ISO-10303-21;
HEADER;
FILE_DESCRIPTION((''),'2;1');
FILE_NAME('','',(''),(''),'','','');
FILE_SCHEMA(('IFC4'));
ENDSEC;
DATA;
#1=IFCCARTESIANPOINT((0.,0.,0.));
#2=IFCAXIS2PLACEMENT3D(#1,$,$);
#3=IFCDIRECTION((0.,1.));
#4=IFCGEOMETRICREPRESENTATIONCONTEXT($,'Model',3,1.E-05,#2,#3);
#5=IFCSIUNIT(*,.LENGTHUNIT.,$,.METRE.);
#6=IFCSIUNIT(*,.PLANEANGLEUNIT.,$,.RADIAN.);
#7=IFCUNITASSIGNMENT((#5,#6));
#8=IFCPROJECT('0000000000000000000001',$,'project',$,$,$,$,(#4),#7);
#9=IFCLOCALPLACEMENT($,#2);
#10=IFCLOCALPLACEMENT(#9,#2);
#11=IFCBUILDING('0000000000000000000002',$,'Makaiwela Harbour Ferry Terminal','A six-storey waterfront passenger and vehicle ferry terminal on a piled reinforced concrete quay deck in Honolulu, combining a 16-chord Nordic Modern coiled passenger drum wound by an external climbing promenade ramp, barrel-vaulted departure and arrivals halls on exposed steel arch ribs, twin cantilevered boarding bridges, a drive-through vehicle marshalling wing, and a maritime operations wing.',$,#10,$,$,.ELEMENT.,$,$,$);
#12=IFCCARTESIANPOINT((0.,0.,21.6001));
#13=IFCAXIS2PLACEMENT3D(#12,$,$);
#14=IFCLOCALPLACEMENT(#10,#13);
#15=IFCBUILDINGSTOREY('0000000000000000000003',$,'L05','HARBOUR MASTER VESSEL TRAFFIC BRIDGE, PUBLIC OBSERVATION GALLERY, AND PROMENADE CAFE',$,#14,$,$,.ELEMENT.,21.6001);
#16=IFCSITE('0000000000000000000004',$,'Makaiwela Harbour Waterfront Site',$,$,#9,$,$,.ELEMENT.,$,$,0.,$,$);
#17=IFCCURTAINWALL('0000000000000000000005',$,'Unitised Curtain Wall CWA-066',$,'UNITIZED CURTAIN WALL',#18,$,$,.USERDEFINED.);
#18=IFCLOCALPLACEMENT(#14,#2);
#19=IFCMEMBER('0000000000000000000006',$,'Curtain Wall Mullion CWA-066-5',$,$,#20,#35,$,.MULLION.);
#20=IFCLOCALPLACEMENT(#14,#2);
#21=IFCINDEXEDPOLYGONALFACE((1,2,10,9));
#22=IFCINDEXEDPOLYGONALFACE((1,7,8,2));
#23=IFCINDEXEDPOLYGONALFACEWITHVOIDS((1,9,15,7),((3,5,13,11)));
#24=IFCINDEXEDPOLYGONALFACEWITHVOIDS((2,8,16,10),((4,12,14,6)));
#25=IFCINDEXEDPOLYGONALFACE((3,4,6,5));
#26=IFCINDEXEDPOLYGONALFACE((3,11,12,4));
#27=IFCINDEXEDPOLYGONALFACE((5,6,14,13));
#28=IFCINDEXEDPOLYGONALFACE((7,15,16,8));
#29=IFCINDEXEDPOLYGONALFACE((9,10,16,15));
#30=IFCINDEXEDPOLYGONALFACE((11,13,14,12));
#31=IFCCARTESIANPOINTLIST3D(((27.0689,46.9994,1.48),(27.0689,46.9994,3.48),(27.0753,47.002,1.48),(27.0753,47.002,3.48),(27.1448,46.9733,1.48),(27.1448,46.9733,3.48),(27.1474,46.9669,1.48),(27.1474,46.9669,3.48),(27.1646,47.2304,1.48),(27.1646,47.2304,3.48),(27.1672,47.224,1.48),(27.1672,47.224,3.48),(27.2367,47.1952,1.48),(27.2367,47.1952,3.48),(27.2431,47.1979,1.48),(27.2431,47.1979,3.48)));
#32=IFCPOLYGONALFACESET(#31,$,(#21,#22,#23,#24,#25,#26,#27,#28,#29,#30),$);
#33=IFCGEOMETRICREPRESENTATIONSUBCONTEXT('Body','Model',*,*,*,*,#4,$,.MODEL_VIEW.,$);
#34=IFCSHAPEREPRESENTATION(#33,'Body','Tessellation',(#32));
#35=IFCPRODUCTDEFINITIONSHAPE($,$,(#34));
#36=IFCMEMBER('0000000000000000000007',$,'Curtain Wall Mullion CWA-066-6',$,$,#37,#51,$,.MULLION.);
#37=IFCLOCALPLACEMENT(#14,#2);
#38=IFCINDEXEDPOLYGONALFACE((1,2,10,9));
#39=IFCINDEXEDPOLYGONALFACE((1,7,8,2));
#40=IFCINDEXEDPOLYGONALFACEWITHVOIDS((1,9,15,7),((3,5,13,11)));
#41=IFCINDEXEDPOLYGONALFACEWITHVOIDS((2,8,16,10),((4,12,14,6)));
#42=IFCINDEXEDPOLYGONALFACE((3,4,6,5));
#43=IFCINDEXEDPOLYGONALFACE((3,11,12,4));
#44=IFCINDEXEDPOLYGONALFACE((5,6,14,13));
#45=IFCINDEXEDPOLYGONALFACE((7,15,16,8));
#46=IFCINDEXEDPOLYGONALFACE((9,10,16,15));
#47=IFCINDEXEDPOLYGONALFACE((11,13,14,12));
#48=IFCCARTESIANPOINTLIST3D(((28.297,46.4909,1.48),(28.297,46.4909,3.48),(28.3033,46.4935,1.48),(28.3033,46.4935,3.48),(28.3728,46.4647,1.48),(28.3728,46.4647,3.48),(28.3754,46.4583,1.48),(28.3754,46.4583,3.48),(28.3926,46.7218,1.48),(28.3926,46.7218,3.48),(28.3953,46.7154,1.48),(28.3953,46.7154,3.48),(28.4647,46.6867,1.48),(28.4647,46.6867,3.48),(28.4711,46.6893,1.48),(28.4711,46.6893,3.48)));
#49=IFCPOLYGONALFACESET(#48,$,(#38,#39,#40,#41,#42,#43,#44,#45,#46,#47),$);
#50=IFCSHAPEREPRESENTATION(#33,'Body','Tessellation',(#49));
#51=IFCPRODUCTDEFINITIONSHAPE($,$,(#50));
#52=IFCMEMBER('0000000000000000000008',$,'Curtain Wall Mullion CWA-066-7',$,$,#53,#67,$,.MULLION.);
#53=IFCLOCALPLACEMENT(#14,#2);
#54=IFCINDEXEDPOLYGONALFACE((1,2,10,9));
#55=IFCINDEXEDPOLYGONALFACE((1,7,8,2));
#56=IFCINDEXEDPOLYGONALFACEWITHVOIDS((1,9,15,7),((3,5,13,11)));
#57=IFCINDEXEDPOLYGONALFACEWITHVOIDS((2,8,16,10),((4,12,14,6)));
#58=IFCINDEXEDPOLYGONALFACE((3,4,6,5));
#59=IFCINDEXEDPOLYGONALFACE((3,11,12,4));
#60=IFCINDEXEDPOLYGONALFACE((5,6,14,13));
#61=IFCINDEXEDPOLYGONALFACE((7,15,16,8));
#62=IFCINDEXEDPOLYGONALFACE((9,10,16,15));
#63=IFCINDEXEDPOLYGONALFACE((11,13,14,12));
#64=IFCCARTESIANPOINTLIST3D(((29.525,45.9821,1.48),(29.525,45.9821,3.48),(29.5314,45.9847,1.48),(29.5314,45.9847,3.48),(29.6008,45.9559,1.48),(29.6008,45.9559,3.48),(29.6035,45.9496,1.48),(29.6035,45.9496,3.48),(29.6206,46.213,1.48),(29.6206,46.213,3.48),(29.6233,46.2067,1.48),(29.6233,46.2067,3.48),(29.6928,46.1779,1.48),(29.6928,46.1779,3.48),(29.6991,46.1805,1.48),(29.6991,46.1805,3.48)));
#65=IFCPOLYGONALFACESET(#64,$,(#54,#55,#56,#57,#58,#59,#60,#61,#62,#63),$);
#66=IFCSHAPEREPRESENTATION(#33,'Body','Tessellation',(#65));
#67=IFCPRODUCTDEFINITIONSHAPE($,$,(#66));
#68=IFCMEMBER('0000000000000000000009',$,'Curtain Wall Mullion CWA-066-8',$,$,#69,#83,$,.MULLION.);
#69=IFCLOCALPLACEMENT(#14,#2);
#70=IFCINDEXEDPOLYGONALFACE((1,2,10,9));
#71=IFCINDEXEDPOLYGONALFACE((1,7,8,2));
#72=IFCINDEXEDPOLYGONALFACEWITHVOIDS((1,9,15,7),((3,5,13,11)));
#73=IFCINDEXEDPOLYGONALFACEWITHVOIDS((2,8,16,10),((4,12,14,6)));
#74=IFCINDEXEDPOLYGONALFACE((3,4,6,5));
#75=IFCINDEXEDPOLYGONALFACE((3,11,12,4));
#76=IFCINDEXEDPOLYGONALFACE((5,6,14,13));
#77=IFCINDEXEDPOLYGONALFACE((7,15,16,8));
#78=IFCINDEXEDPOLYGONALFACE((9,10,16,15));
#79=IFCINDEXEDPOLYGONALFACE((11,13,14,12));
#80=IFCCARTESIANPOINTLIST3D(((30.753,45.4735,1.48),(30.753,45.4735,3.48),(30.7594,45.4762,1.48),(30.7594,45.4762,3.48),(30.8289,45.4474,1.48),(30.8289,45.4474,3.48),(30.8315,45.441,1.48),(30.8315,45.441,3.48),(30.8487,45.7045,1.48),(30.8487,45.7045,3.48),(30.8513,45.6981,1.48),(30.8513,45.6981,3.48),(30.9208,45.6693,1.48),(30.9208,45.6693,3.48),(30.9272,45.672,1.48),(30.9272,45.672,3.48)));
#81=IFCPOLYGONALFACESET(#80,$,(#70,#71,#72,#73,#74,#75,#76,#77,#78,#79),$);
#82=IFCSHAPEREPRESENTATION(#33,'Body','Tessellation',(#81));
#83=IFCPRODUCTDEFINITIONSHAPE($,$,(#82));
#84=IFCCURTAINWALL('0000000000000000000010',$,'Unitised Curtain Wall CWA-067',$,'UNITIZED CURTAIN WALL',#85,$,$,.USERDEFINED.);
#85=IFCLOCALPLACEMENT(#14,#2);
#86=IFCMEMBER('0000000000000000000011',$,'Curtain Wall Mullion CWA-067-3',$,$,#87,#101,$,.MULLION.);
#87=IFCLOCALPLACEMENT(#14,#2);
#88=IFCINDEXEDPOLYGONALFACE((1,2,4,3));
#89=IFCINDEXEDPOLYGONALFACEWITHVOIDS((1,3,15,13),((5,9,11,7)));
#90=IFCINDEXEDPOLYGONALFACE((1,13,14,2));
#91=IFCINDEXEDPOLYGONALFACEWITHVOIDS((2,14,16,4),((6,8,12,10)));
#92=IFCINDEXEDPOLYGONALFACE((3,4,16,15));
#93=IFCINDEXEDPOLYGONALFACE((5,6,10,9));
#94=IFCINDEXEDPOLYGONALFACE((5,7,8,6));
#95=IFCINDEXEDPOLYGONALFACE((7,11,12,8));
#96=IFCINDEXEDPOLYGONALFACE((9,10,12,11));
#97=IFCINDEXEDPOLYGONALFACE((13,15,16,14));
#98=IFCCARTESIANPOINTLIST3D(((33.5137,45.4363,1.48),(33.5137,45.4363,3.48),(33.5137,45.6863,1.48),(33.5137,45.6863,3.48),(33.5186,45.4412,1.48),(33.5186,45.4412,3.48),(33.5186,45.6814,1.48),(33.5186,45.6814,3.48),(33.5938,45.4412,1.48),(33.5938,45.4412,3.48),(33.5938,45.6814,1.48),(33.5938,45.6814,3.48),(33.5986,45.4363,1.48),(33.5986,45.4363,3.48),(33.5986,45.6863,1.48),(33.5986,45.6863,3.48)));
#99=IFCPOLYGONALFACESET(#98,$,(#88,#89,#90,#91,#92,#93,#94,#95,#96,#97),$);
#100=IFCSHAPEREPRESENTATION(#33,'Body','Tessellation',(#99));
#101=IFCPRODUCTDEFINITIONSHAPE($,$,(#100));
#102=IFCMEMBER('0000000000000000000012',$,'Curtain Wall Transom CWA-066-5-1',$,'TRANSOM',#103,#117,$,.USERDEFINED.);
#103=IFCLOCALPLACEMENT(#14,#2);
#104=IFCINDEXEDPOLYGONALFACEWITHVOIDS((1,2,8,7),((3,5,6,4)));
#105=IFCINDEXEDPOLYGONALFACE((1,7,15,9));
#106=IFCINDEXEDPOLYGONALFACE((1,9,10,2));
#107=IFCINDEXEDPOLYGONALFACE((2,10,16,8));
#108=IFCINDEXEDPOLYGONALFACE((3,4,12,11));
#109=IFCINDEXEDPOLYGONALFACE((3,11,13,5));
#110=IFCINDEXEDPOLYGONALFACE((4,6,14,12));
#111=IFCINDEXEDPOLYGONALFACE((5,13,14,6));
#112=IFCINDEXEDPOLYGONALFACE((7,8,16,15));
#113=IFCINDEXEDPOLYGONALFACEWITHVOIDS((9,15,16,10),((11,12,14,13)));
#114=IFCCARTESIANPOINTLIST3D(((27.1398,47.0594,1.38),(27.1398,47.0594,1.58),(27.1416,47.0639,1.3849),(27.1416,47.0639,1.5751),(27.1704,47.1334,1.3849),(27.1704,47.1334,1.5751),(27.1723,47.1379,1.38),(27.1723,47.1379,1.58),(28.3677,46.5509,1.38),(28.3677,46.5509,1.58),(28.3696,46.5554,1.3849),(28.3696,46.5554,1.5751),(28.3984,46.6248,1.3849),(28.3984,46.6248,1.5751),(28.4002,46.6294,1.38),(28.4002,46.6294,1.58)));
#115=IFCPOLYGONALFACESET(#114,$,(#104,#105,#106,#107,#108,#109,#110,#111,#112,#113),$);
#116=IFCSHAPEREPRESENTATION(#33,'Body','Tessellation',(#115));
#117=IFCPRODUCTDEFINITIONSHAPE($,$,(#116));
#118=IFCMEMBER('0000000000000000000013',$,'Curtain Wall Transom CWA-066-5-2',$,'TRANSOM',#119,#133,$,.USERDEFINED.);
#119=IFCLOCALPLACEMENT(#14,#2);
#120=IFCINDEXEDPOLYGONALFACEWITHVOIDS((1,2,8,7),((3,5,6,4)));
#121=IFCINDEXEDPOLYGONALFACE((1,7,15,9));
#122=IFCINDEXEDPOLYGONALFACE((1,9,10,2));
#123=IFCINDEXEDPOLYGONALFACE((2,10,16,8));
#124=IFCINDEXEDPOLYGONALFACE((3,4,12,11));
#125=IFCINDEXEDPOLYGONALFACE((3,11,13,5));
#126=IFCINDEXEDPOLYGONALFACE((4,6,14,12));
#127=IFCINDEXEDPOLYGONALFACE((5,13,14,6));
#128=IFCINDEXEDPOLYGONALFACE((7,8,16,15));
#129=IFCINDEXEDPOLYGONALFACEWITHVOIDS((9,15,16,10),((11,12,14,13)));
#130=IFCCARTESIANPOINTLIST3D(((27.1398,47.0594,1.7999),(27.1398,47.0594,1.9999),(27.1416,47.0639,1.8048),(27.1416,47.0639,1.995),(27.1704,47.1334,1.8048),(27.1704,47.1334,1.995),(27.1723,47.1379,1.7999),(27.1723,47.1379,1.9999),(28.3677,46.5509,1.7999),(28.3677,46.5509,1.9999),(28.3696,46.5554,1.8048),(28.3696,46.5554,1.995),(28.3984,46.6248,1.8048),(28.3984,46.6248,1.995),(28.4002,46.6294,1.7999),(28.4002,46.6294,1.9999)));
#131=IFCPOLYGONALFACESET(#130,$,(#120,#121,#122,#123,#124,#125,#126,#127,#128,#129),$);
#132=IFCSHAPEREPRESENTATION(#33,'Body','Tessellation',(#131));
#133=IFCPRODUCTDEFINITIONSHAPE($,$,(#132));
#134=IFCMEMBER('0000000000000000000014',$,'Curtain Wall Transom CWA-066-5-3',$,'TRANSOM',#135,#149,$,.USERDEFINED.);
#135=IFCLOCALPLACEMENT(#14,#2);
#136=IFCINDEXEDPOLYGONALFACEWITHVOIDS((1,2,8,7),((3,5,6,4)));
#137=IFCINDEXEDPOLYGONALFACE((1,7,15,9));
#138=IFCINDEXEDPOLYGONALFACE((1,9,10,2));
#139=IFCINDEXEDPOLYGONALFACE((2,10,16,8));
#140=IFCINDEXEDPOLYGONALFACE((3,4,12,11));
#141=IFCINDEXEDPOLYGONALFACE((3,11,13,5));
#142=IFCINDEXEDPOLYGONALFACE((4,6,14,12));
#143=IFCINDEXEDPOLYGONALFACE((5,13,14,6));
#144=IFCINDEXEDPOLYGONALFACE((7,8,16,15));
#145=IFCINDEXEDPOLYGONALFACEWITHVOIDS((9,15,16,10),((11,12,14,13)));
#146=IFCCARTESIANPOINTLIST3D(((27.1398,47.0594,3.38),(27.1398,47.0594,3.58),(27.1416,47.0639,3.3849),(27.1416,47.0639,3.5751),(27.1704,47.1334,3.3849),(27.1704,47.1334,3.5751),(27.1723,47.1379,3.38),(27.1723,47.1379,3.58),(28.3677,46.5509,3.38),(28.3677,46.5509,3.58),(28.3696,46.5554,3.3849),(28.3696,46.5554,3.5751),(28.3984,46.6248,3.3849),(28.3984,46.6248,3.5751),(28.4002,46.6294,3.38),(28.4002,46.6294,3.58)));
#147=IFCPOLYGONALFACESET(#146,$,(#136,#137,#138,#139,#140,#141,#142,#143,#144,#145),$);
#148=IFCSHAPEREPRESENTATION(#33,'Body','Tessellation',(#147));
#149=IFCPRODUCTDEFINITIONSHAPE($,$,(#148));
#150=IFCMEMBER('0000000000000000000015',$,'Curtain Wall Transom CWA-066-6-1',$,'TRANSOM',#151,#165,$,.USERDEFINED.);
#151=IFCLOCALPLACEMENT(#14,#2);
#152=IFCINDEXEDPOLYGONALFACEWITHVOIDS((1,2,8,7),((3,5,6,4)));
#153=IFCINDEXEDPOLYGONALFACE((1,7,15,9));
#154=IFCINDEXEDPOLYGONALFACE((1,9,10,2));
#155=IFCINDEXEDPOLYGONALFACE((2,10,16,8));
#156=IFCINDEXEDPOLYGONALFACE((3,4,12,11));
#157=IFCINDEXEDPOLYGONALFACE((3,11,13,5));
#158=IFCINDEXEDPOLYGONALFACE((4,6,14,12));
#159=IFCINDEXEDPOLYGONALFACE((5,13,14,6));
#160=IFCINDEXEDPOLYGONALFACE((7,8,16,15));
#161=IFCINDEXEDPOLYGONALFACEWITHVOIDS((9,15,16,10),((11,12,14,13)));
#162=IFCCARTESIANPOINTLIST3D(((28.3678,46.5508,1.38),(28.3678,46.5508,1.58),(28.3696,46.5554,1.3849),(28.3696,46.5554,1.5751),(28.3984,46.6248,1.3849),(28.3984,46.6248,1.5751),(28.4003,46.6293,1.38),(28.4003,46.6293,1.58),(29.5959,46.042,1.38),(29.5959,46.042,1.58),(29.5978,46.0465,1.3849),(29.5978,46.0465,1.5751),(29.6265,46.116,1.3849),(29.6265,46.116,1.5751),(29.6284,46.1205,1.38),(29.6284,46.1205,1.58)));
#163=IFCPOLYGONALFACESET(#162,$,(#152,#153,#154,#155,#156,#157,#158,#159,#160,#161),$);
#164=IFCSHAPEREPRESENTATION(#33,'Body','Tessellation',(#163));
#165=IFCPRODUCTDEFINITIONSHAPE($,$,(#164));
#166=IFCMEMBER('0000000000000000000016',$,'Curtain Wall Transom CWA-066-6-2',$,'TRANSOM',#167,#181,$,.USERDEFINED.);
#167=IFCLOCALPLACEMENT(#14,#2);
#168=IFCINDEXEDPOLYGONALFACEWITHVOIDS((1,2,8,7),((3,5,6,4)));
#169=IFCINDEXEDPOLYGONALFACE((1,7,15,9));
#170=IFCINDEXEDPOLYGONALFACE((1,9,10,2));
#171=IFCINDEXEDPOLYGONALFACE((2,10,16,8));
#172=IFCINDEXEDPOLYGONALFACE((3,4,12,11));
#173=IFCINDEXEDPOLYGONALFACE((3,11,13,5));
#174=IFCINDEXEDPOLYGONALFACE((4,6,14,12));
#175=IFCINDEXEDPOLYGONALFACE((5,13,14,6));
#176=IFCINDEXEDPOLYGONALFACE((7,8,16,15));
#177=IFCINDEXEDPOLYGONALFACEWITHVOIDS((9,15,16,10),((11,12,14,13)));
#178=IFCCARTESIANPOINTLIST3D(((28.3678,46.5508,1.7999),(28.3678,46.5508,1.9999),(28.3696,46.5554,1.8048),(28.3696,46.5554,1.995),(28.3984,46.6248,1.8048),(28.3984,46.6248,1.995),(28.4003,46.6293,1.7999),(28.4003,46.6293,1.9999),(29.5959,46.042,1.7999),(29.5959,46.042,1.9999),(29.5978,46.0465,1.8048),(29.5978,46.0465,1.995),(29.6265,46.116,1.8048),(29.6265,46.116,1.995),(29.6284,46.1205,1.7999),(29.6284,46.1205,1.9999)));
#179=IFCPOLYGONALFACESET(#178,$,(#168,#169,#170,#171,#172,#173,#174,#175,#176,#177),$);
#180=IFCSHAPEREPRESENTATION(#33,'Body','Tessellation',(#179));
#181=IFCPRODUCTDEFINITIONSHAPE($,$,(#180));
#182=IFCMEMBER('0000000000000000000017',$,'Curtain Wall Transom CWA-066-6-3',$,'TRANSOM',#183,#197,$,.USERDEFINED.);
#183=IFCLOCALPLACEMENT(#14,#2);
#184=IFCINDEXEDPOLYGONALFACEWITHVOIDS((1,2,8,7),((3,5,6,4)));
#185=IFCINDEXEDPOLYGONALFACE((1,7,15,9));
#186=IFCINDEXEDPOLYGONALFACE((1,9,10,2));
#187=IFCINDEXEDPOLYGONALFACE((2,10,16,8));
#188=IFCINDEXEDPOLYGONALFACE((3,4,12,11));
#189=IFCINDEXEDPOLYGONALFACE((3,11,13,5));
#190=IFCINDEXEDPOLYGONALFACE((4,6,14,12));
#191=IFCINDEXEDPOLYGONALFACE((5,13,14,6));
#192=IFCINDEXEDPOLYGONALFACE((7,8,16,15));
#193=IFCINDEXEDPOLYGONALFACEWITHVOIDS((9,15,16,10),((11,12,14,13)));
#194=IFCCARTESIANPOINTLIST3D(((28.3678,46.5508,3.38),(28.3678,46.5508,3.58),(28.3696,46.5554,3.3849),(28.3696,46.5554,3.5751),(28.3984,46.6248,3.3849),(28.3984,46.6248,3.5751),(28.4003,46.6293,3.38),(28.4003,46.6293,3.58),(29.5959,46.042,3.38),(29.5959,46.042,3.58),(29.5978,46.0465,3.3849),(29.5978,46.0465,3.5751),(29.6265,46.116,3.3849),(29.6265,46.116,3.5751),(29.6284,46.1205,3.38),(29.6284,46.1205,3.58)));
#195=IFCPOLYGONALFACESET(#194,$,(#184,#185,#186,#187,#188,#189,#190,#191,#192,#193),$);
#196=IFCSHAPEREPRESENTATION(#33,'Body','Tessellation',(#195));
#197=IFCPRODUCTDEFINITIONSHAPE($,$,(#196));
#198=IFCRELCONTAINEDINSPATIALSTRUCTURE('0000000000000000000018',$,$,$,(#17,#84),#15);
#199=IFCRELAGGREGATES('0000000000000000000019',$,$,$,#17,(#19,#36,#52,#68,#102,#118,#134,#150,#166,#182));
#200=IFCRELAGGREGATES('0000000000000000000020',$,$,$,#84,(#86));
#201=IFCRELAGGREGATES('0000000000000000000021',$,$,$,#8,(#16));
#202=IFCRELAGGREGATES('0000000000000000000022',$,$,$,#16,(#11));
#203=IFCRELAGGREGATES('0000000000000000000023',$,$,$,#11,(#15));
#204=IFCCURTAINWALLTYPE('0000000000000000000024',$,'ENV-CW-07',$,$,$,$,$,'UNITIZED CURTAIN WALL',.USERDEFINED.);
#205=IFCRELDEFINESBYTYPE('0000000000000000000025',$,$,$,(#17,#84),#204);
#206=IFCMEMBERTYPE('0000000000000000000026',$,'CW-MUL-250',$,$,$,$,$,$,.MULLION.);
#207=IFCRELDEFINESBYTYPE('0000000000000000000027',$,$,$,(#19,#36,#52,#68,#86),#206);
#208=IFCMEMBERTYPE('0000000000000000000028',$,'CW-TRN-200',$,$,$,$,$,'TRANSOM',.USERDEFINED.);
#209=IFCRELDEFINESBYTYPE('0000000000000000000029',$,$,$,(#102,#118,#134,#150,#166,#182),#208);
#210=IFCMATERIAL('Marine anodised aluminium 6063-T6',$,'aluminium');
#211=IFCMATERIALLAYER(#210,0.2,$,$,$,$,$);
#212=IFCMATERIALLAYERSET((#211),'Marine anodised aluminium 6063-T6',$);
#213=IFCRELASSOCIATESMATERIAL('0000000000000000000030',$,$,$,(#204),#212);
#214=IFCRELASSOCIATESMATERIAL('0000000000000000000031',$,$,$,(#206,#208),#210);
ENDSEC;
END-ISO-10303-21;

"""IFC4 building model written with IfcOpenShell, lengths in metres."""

from ifc_helpers import new_model, si_unit, direction, frame, origin, origin_2d, place, context, subcontext, project, spatial, hollow_rectangle, extrude, material, layer, layer_set, material_profile, profile_set, type_object, element, aggregate, save


model = new_model("IFC4")

# Units and contexts
model_context = context("Model", 3, precision=1e-05, world=origin(), true_north=direction((0.0, 1.0)))
body_context = subcontext(model_context, "Body", "Model", "MODEL_VIEW")
ifc_project = project(units=[si_unit("LENGTHUNIT", "METRE"), si_unit("PLANEANGLEUNIT", "RADIAN")], contexts=[model_context])

# Site, building, storey
site_placement = place(None, origin())
site = spatial("IfcSite", under=ifc_project, at=site_placement, Name="Makaiwela Harbour Waterfront Site", CompositionType="ELEMENT", RefElevation=0.0)
building_placement = place(site_placement, origin())
building = spatial("IfcBuilding", under=site, at=building_placement, Name="Makaiwela Harbour Ferry Terminal", Description="A six-storey waterfront passenger and vehicle ferry terminal on a piled reinforced concrete quay deck in Honolulu, combining a 16-chord Nordic Modern coiled passenger drum wound by an external climbing promenade ramp, barrel-vaulted departure and arrivals halls on exposed steel arch ribs, twin cantilevered boarding bridges, a drive-through vehicle marshalling wing, and a maritime operations wing.", CompositionType="ELEMENT")
storey_placement = place(building_placement, frame((0.0, 0.0, 21.6001)))
storey = spatial("IfcBuildingStorey", under=building, at=storey_placement, Name="L05", Description="HARBOUR MASTER VESSEL TRAFFIC BRIDGE, PUBLIC OBSERVATION GALLERY, AND PROMENADE CAFE", CompositionType="ELEMENT", Elevation=21.6001)

# Curtain wall, members
ifc_material_1 = material(Name="Marine anodised aluminium 6063-T6", Category="aluminium")
ifc_layer_1 = layer(ifc_material_1, 0.2)
ifc_layer_set_1 = layer_set([ifc_layer_1], Name="Marine anodised aluminium 6063-T6")
curtain_wall_type = type_object("IfcCurtainWallType", Name="ENV-CW-07", ElementType="UNITIZED CURTAIN WALL", PredefinedType="USERDEFINED", material=ifc_layer_set_1)
curtain_wall_1_placement = place(storey_placement, origin())
curtain_wall_1 = element("IfcCurtainWall", 1, at=curtain_wall_1_placement, inside=storey, type_object=curtain_wall_type, Name="Unitised Curtain Wall CWA-066", ObjectType="UNITIZED CURTAIN WALL", PredefinedType="USERDEFINED")
ifc_material_profile_1 = material_profile(ifc_material_1, hollow_rectangle(XDim=0.085, YDim=0.25, WallThickness=0.0049, at=origin_2d()), Name="CWM-250X85")
ifc_profile_set_1 = profile_set([ifc_material_profile_1], Name="Marine anodised aluminium 6063-T6")
member_type_1 = type_object("IfcMemberType", Name="CW-MUL-250", PredefinedType="MULLION", material=ifc_profile_set_1)
member_1_placement = place(storey_placement, frame((27.156, 47.0986, 1.48), z_axis=(0.0, 0.0, 1.0), x_axis=(-0.92388, 0.382683, 0.0)))
member_1 = element("IfcMember", 2, at=member_1_placement, type_object=member_type_1, Name="Curtain Wall Mullion CWA-066-5", PredefinedType="MULLION", context=body_context, shape_type="SweptSolid", body=[
    extrude(hollow_rectangle(XDim=0.085, YDim=0.25, WallThickness=0.0049, at=origin_2d()), origin(), (0.0, 0.0, 1.0), 2.0),
])
member_2_placement = place(storey_placement, frame((28.384, 46.5901, 1.48), z_axis=(0.0, 0.0, 1.0), x_axis=(-0.92388, 0.382683, 0.0)))
member_2 = element("IfcMember", 3, at=member_2_placement, type_object=member_type_1, Name="Curtain Wall Mullion CWA-066-6", PredefinedType="MULLION", context=body_context, shape_type="SweptSolid", body=[
    extrude(hollow_rectangle(XDim=0.085, YDim=0.25, WallThickness=0.0049, at=origin_2d()), origin(), (0.0, 0.0, 1.0), 2.0),
])
member_3_placement = place(storey_placement, frame((29.6121, 46.0813, 1.48), z_axis=(0.0, 0.0, 1.0), x_axis=(-0.92388, 0.382683, 0.0)))
member_3 = element("IfcMember", 4, at=member_3_placement, type_object=member_type_1, Name="Curtain Wall Mullion CWA-066-7", PredefinedType="MULLION", context=body_context, shape_type="SweptSolid", body=[
    extrude(hollow_rectangle(XDim=0.085, YDim=0.25, WallThickness=0.0049, at=origin_2d()), origin(), (0.0, 0.0, 1.0), 2.0),
])
member_4_placement = place(storey_placement, frame((30.8401, 45.5728, 1.48), z_axis=(0.0, 0.0, 1.0), x_axis=(-0.92388, 0.382683, 0.0)))
member_4 = element("IfcMember", 5, at=member_4_placement, type_object=member_type_1, Name="Curtain Wall Mullion CWA-066-8", PredefinedType="MULLION", context=body_context, shape_type="SweptSolid", body=[
    extrude(hollow_rectangle(XDim=0.085, YDim=0.25, WallThickness=0.0049, at=origin_2d()), origin(), (0.0, 0.0, 1.0), 2.0),
])

# Curtain wall, member
curtain_wall_2_placement = place(storey_placement, origin())
curtain_wall_2 = element("IfcCurtainWall", 6, at=curtain_wall_2_placement, inside=storey, type_object=curtain_wall_type, Name="Unitised Curtain Wall CWA-067", ObjectType="UNITIZED CURTAIN WALL", PredefinedType="USERDEFINED")
member_5_placement = place(storey_placement, frame((33.5562, 45.5613, 1.48), z_axis=(0.0, 0.0, 1.0), x_axis=(1.0, 0.0, 0.0)))
member_5 = element("IfcMember", 7, at=member_5_placement, type_object=member_type_1, Name="Curtain Wall Mullion CWA-067-3", PredefinedType="MULLION", context=body_context, shape_type="SweptSolid", body=[
    extrude(hollow_rectangle(XDim=0.085, YDim=0.25, WallThickness=0.0049, at=origin_2d()), origin(), (0.0, 0.0, 1.0), 2.0),
])

# Members
ifc_material_profile_2 = material_profile(ifc_material_1, hollow_rectangle(XDim=0.085, YDim=0.2, WallThickness=0.0049, at=origin_2d()), Name="CWT-200X85")
ifc_profile_set_2 = profile_set([ifc_material_profile_2], Name="Marine anodised aluminium 6063-T6")
member_type_2 = type_object("IfcMemberType", Name="CW-TRN-200", ElementType="TRANSOM", PredefinedType="USERDEFINED", material=ifc_profile_set_2)
member_6_placement = place(storey_placement, frame((27.156, 47.0986, 1.48), z_axis=(0.923912, -0.382606, 0.0), x_axis=(0.382606, 0.923912, 0.0)))
member_6 = element("IfcMember", 8, at=member_6_placement, type_object=member_type_2, Name="Curtain Wall Transom CWA-066-5-1", ObjectType="TRANSOM", PredefinedType="USERDEFINED", context=body_context, shape_type="SweptSolid", body=[
    extrude(hollow_rectangle(XDim=0.085, YDim=0.2, WallThickness=0.0049, at=origin_2d()), origin(), (0.0, 0.0, 1.0), 1.3291),
])
member_7_placement = place(storey_placement, frame((27.156, 47.0986, 1.8999), z_axis=(0.923912, -0.382606, 0.0), x_axis=(0.382606, 0.923912, 0.0)))
member_7 = element("IfcMember", 9, at=member_7_placement, type_object=member_type_2, Name="Curtain Wall Transom CWA-066-5-2", ObjectType="TRANSOM", PredefinedType="USERDEFINED", context=body_context, shape_type="SweptSolid", body=[
    extrude(hollow_rectangle(XDim=0.085, YDim=0.2, WallThickness=0.0049, at=origin_2d()), origin(), (0.0, 0.0, 1.0), 1.3291),
])
member_8_placement = place(storey_placement, frame((27.156, 47.0986, 3.48), z_axis=(0.923912, -0.382606, 0.0), x_axis=(0.382606, 0.923912, 0.0)))
member_8 = element("IfcMember", 10, at=member_8_placement, type_object=member_type_2, Name="Curtain Wall Transom CWA-066-5-3", ObjectType="TRANSOM", PredefinedType="USERDEFINED", context=body_context, shape_type="SweptSolid", body=[
    extrude(hollow_rectangle(XDim=0.085, YDim=0.2, WallThickness=0.0049, at=origin_2d()), origin(), (0.0, 0.0, 1.0), 1.3291),
])
member_9_placement = place(storey_placement, frame((28.384, 46.5901, 1.48), z_axis=(0.923847, -0.382763, 0.0), x_axis=(0.382763, 0.923847, 0.0)))
member_9 = element("IfcMember", 11, at=member_9_placement, type_object=member_type_2, Name="Curtain Wall Transom CWA-066-6-1", ObjectType="TRANSOM", PredefinedType="USERDEFINED", context=body_context, shape_type="SweptSolid", body=[
    extrude(hollow_rectangle(XDim=0.085, YDim=0.2, WallThickness=0.0049, at=origin_2d()), origin(), (0.0, 0.0, 1.0), 1.3293),
])
member_10_placement = place(storey_placement, frame((28.384, 46.5901, 1.8999), z_axis=(0.923847, -0.382763, 0.0), x_axis=(0.382763, 0.923847, 0.0)))
member_10 = element("IfcMember", 12, at=member_10_placement, type_object=member_type_2, Name="Curtain Wall Transom CWA-066-6-2", ObjectType="TRANSOM", PredefinedType="USERDEFINED", context=body_context, shape_type="SweptSolid", body=[
    extrude(hollow_rectangle(XDim=0.085, YDim=0.2, WallThickness=0.0049, at=origin_2d()), origin(), (0.0, 0.0, 1.0), 1.3293),
])
member_11_placement = place(storey_placement, frame((28.384, 46.5901, 3.48), z_axis=(0.923847, -0.382763, 0.0), x_axis=(0.382763, 0.923847, 0.0)))
member_11 = element("IfcMember", 13, at=member_11_placement, type_object=member_type_2, Name="Curtain Wall Transom CWA-066-6-3", ObjectType="TRANSOM", PredefinedType="USERDEFINED", context=body_context, shape_type="SweptSolid", body=[
    extrude(hollow_rectangle(XDim=0.085, YDim=0.2, WallThickness=0.0049, at=origin_2d()), origin(), (0.0, 0.0, 1.0), 1.3293),
])

aggregate(curtain_wall_1, [member_1, member_2, member_3, member_4, member_6, member_7, member_8, member_9, member_10, member_11])
aggregate(curtain_wall_2, [member_5])

save(model, "model.ifc")
